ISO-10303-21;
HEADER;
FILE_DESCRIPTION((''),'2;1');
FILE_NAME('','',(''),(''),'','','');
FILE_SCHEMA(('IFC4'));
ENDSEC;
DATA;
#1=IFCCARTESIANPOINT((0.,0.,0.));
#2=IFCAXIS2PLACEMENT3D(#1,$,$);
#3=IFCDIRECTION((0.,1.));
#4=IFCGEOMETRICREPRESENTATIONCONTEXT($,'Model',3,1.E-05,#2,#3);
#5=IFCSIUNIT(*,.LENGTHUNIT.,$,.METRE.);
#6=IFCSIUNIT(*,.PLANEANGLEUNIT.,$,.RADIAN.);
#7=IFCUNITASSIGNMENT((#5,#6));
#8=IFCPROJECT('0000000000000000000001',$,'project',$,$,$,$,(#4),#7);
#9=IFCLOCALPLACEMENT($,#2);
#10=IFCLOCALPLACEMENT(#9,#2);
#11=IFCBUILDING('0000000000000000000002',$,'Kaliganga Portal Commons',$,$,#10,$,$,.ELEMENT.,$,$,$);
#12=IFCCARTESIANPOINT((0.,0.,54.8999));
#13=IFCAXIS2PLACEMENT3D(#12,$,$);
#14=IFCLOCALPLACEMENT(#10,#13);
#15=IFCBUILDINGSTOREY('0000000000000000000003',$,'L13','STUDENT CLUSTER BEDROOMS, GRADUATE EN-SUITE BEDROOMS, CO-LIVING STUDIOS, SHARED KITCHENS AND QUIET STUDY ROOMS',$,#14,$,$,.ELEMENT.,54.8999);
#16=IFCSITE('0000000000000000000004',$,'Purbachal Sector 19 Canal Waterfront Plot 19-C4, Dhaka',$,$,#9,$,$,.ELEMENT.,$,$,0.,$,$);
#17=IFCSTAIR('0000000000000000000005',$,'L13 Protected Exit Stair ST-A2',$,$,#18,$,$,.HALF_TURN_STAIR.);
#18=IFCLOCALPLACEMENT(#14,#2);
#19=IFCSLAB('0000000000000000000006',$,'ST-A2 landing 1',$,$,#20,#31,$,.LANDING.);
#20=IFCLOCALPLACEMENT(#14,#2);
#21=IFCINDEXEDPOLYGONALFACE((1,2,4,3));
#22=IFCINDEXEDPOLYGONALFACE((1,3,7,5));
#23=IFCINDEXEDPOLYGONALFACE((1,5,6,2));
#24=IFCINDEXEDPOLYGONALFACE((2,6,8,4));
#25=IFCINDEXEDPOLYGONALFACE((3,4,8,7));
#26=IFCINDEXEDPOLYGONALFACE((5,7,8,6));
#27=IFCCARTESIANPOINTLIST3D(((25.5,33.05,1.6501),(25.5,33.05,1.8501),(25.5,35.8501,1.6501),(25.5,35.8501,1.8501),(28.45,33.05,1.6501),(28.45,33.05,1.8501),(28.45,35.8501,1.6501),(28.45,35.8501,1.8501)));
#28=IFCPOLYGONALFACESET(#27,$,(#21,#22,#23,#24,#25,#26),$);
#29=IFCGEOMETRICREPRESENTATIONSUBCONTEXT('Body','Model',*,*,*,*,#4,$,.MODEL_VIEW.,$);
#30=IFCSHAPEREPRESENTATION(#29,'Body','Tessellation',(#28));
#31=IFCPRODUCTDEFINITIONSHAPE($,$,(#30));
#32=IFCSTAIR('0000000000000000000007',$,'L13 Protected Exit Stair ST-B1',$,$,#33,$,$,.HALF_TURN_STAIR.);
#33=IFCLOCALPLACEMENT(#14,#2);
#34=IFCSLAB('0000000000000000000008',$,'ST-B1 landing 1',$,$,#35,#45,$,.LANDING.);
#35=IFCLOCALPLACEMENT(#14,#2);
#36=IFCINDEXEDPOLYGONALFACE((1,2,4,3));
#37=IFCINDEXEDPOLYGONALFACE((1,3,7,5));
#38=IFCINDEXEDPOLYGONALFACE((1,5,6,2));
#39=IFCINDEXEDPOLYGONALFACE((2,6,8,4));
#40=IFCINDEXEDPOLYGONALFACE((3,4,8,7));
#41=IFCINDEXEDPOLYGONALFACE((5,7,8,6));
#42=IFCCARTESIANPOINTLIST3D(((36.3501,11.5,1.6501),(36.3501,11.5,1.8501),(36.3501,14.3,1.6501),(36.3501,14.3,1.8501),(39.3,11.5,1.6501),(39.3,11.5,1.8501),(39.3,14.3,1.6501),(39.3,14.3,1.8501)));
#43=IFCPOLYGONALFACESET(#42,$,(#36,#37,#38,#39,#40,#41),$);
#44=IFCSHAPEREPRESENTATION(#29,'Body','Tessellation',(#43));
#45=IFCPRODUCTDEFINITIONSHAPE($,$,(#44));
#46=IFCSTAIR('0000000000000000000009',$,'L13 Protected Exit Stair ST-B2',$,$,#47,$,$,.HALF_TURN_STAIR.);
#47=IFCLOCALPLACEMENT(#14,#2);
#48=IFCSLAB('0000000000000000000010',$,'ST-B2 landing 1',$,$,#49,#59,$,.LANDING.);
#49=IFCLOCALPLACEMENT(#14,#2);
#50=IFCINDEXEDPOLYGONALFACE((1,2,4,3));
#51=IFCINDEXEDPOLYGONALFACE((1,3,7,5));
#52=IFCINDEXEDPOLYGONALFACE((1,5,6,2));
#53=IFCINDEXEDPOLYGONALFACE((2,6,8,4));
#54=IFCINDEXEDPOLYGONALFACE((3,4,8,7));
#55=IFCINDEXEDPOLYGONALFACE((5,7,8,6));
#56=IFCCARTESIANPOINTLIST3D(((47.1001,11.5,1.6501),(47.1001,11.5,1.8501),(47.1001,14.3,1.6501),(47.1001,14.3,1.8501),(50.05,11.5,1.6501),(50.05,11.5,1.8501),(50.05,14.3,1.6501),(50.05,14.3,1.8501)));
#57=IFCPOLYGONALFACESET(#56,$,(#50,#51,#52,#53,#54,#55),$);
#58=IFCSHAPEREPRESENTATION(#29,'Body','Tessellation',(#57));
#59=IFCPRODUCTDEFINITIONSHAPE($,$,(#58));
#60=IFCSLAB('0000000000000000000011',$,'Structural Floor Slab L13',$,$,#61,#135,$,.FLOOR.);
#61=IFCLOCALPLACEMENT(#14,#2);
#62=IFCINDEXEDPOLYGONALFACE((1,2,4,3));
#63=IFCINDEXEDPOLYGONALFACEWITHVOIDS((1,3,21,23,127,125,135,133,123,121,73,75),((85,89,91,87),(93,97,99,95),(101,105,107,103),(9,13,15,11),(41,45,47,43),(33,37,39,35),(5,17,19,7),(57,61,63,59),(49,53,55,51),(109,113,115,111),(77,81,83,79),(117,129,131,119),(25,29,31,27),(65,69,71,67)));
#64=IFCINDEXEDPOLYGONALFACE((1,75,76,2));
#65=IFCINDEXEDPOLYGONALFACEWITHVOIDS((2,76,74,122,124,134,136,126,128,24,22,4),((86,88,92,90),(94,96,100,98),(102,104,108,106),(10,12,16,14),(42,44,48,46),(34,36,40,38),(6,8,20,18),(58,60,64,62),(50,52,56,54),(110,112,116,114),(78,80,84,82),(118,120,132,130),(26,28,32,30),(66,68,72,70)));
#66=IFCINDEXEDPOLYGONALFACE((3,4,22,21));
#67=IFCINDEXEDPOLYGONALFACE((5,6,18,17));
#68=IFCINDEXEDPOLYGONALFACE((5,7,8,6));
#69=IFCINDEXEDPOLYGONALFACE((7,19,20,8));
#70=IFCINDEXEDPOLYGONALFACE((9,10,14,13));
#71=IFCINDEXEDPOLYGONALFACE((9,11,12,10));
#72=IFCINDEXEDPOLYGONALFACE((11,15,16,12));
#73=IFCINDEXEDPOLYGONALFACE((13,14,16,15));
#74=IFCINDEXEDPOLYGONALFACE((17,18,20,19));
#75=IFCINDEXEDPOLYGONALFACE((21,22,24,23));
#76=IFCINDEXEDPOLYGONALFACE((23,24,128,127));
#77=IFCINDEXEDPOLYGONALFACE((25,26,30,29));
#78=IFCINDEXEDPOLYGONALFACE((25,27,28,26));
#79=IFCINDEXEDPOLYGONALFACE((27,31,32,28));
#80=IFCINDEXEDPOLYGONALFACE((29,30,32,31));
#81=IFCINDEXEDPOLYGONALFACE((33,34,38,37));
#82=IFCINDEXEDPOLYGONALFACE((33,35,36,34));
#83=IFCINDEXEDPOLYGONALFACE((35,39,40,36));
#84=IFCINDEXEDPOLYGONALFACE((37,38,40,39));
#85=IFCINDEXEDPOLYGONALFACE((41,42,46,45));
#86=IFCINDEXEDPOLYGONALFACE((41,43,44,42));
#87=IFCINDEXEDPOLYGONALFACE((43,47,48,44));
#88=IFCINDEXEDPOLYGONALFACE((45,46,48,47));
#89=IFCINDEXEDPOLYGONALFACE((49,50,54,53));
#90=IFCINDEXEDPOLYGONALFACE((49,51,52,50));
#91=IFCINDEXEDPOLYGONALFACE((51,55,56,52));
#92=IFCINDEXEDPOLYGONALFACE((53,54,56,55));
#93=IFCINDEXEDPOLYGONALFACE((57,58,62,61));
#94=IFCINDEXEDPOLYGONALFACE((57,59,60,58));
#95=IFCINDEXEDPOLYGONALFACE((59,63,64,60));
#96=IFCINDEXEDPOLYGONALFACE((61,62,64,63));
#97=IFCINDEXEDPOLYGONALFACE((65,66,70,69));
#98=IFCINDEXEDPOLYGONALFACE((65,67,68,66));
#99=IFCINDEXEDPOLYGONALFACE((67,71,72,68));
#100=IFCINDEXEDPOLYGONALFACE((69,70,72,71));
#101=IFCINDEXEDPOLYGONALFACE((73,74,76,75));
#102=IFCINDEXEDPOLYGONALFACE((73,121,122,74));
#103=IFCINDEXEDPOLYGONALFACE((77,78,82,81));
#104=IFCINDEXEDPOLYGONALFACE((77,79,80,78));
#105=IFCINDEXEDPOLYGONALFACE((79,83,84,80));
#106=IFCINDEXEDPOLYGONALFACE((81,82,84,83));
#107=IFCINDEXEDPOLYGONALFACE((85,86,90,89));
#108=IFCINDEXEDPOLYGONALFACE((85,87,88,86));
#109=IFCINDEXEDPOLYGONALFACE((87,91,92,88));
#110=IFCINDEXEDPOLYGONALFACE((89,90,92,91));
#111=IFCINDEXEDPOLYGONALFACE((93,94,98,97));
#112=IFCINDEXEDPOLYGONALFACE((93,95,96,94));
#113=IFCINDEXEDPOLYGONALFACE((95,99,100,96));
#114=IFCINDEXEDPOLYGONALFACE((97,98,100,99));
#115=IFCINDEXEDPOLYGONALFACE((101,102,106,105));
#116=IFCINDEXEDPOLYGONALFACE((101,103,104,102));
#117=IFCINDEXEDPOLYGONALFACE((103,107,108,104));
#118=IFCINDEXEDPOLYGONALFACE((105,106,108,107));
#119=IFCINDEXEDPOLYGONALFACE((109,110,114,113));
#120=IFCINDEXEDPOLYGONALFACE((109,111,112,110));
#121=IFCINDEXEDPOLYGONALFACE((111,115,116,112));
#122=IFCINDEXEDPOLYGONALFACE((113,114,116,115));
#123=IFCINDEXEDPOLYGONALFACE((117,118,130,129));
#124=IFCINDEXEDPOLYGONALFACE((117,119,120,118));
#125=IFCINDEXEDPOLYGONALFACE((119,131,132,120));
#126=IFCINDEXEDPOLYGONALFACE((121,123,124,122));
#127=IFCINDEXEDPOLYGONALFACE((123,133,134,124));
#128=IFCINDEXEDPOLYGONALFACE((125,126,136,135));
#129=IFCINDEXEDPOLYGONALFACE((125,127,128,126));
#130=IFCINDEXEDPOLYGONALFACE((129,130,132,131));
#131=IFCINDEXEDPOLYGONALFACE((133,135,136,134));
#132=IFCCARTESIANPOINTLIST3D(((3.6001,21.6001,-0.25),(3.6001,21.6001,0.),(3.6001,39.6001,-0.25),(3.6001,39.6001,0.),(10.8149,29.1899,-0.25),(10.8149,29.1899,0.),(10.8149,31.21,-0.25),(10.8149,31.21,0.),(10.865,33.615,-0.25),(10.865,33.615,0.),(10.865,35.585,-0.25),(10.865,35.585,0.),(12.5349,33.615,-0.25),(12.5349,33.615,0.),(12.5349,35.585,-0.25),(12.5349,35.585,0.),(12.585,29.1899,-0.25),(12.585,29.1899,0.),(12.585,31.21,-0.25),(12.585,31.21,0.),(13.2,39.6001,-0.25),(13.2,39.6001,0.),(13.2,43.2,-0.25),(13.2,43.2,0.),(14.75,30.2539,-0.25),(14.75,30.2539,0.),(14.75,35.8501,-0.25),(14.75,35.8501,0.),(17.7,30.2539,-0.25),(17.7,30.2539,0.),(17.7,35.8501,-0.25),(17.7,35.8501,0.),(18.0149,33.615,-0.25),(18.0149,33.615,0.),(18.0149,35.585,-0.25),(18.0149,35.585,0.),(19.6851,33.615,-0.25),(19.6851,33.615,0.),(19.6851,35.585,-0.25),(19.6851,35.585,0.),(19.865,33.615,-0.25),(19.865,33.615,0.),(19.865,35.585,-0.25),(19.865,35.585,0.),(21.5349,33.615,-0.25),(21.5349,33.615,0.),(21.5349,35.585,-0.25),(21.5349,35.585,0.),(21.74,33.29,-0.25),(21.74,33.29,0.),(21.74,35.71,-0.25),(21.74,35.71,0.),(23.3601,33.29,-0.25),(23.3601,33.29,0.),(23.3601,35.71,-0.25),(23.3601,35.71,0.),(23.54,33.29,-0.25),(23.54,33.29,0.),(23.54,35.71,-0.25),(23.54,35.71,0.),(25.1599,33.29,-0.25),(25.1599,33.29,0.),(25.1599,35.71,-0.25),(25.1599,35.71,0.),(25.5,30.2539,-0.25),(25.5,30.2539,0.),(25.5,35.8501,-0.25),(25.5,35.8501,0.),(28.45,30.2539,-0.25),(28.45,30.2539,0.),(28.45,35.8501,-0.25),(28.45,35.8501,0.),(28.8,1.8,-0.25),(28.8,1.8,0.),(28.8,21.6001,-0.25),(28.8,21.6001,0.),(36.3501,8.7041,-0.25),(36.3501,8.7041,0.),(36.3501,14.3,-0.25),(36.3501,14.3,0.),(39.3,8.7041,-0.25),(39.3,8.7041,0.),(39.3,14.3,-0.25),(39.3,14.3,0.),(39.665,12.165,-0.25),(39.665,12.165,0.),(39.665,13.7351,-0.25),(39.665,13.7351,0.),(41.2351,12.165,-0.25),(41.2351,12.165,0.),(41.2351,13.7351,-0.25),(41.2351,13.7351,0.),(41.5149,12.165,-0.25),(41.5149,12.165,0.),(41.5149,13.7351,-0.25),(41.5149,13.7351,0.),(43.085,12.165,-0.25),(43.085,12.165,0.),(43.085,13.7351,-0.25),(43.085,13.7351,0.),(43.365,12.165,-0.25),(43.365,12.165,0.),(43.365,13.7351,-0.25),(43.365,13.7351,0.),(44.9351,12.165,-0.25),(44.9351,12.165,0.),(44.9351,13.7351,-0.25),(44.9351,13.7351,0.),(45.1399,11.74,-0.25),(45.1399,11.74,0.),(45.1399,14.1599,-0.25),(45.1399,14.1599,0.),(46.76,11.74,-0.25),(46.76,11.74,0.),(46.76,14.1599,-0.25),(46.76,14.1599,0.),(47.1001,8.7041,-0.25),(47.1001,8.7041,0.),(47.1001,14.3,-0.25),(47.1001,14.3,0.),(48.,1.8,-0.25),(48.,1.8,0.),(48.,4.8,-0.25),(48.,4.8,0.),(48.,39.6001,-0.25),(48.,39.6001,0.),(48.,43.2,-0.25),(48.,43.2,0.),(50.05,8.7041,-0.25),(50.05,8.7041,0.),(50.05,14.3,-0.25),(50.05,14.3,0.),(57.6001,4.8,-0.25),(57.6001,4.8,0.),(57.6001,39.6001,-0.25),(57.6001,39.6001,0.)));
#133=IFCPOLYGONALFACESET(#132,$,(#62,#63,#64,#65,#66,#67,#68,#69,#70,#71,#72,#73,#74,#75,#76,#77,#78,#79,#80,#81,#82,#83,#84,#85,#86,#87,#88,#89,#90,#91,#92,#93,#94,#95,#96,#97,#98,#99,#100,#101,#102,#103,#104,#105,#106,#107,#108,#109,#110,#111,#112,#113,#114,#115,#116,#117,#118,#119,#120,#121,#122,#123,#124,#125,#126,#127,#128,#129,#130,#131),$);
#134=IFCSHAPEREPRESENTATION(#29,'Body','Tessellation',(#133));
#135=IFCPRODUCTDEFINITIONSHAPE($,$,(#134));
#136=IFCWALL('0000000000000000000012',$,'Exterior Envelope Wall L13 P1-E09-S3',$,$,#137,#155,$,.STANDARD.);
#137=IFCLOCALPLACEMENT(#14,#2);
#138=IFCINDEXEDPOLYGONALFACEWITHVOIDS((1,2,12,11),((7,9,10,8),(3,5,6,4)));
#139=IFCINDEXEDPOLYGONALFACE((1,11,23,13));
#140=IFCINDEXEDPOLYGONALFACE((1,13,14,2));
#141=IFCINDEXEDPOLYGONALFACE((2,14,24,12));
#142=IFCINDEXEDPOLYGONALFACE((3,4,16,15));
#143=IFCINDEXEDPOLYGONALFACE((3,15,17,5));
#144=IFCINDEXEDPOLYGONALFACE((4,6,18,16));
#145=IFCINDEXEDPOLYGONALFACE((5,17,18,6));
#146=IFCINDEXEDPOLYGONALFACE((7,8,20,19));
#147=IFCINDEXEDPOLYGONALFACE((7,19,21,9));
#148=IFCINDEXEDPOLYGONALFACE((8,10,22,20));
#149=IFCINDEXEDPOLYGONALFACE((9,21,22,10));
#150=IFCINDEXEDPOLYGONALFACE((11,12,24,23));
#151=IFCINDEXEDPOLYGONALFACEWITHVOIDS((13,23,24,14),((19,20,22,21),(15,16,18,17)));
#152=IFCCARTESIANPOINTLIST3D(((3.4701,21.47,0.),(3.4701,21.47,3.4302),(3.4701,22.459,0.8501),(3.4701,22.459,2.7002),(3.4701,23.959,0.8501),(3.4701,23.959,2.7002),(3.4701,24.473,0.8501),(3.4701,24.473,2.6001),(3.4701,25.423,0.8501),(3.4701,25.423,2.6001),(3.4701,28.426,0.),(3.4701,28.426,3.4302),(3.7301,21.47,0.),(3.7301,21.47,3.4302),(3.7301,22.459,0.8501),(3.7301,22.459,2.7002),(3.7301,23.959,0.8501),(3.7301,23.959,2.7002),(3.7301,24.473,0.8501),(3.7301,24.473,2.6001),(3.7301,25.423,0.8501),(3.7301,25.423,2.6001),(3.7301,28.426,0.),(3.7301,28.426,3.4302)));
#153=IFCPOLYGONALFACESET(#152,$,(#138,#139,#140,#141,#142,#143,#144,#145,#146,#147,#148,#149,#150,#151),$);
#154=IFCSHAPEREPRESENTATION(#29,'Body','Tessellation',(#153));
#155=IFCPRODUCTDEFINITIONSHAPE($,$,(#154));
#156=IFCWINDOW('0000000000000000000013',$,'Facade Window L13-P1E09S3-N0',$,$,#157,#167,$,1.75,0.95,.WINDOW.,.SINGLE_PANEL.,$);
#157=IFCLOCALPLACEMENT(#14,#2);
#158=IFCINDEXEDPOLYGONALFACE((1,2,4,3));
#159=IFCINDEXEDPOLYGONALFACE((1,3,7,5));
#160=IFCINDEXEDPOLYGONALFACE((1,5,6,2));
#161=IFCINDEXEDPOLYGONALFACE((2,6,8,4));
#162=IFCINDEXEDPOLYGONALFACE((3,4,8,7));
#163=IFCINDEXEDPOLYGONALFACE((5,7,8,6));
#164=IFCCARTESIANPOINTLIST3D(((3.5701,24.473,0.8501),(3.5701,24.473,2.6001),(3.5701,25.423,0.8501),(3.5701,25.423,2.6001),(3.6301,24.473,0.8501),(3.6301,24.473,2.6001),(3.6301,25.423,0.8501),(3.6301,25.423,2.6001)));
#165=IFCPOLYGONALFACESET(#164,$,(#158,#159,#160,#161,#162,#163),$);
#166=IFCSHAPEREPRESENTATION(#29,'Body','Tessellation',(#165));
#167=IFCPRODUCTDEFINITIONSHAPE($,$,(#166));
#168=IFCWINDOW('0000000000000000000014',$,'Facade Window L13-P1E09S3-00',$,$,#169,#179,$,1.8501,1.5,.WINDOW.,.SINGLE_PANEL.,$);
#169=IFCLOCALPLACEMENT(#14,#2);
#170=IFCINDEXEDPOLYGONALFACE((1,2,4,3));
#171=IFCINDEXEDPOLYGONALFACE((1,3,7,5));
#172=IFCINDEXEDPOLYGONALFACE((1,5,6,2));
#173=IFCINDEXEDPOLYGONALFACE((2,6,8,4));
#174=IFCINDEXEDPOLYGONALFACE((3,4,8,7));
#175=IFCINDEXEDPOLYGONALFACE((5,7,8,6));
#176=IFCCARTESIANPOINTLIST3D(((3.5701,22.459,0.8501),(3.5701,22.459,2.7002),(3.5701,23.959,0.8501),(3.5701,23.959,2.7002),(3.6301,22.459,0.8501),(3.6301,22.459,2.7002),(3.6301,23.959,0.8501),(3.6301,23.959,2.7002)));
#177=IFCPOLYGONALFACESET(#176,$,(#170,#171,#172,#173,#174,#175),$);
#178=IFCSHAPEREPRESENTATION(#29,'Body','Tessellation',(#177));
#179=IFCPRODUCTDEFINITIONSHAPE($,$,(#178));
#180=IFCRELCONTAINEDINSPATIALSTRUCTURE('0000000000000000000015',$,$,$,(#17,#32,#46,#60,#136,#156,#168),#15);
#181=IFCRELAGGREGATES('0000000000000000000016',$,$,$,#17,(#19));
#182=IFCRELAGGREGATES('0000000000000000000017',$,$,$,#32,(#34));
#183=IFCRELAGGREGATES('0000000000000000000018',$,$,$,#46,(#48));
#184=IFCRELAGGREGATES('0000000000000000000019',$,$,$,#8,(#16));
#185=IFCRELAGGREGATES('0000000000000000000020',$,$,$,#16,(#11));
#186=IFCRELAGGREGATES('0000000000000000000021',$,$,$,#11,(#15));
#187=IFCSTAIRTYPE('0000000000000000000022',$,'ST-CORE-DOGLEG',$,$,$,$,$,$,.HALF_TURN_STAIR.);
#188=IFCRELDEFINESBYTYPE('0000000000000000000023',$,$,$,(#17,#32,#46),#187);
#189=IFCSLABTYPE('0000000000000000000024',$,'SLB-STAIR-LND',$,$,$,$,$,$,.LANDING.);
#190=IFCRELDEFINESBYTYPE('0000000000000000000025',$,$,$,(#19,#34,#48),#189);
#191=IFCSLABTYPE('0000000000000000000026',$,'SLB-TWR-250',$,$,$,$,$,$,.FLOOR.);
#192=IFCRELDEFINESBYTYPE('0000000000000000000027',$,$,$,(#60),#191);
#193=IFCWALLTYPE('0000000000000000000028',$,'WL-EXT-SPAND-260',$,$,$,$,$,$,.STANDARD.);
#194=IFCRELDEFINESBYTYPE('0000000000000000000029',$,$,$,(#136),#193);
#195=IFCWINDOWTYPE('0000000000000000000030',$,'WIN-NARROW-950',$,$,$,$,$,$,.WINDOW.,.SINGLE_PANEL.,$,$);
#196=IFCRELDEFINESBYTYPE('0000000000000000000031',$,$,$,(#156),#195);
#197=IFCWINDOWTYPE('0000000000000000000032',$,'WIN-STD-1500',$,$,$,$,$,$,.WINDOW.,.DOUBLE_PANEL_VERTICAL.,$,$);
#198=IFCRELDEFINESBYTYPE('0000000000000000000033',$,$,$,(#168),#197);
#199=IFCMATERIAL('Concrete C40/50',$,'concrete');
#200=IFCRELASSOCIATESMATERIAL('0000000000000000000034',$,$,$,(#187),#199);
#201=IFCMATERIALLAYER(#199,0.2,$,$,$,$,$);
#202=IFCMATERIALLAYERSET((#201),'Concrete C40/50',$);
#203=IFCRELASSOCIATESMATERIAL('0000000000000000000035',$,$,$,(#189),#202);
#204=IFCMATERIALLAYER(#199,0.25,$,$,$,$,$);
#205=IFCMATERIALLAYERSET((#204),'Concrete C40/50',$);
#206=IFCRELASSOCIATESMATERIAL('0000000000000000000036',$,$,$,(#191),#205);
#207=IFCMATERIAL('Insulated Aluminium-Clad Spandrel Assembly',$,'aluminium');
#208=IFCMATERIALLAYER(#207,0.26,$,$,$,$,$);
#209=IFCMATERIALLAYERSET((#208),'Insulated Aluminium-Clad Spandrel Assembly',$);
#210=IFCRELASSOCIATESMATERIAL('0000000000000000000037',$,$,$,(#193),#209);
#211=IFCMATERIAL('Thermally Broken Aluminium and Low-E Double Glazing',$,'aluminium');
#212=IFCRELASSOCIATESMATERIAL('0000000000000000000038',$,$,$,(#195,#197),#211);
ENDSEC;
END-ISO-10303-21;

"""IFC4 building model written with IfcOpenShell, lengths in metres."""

from ifc_helpers import new_model, si_unit, direction, frame, frame_2d, origin, place, context, subcontext, project, spatial, polyline, rectangle, outline, extrude, material, layer, layer_set, type_object, element, fill, aggregate, save


model = new_model("IFC4")

# Units and contexts
model_context = context("Model", 3, precision=1e-05, world=origin(), true_north=direction((0.0, 1.0)))
body_context = subcontext(model_context, "Body", "Model", "MODEL_VIEW")
ifc_project = project(units=[si_unit("LENGTHUNIT", "METRE"), si_unit("PLANEANGLEUNIT", "RADIAN")], contexts=[model_context])

# Site, building, storey
site_placement = place(None, origin())
site = spatial("IfcSite", under=ifc_project, at=site_placement, Name="Purbachal Sector 19 Canal Waterfront Plot 19-C4, Dhaka", CompositionType="ELEMENT", RefElevation=0.0)
building_placement = place(site_placement, origin())
building = spatial("IfcBuilding", under=site, at=building_placement, Name="Kaliganga Portal Commons", CompositionType="ELEMENT")
storey_placement = place(building_placement, frame((0.0, 0.0, 54.8999)))
storey = spatial("IfcBuildingStorey", under=building, at=storey_placement, Name="L13", Description="STUDENT CLUSTER BEDROOMS, GRADUATE EN-SUITE BEDROOMS, CO-LIVING STUDIOS, SHARED KITCHENS AND QUIET STUDY ROOMS", CompositionType="ELEMENT", Elevation=54.8999)

# Shared definitions
ifc_material_1 = material(Name="Concrete C40/50", Category="concrete")

# Stairs, slabs
stair_type = type_object("IfcStairType", Name="ST-CORE-DOGLEG", PredefinedType="HALF_TURN_STAIR", material=ifc_material_1)
ifc_layer_1 = layer(ifc_material_1, 0.2)
ifc_layer_set_1 = layer_set([ifc_layer_1], Name="Concrete C40/50")
slab_type_1 = type_object("IfcSlabType", Name="SLB-STAIR-LND", PredefinedType="LANDING", material=ifc_layer_set_1)
stair_1_placement = place(storey_placement, origin())
stair_1 = element("IfcStair", 1, at=stair_1_placement, inside=storey, type_object=stair_type, Name="L13 Protected Exit Stair ST-A2", PredefinedType="HALF_TURN_STAIR")
slab_1_placement = place(storey_placement, frame((0.0, 0.0, 1.6501)))
slab_1 = element("IfcSlab", 2, at=slab_1_placement, type_object=slab_type_1, Name="ST-A2 landing 1", PredefinedType="LANDING", context=body_context, shape_type="SweptSolid", body=[
    extrude(outline(polyline([(28.45, 33.05), (28.45, 35.8501), (25.5, 35.8501), (25.5, 33.05), (28.45, 33.05)])), origin(), (0.0, 0.0, 1.0), 0.2),
])
aggregate(stair_1, [slab_1])
stair_2_placement = place(storey_placement, origin())
stair_2 = element("IfcStair", 3, at=stair_2_placement, inside=storey, type_object=stair_type, Name="L13 Protected Exit Stair ST-B1", PredefinedType="HALF_TURN_STAIR")
slab_2_placement = place(storey_placement, frame((0.0, 0.0, 1.6501)))
slab_2 = element("IfcSlab", 4, at=slab_2_placement, type_object=slab_type_1, Name="ST-B1 landing 1", PredefinedType="LANDING", context=body_context, shape_type="SweptSolid", body=[
    extrude(outline(polyline([(39.3, 11.5), (39.3, 14.3), (36.3501, 14.3), (36.3501, 11.5), (39.3, 11.5)])), origin(), (0.0, 0.0, 1.0), 0.2),
])
aggregate(stair_2, [slab_2])
stair_3_placement = place(storey_placement, origin())
stair_3 = element("IfcStair", 5, at=stair_3_placement, inside=storey, type_object=stair_type, Name="L13 Protected Exit Stair ST-B2", PredefinedType="HALF_TURN_STAIR")
slab_3_placement = place(storey_placement, frame((0.0, 0.0, 1.6501)))
slab_3 = element("IfcSlab", 6, at=slab_3_placement, type_object=slab_type_1, Name="ST-B2 landing 1", PredefinedType="LANDING", context=body_context, shape_type="SweptSolid", body=[
    extrude(outline(polyline([(50.05, 11.5), (50.05, 14.3), (47.1001, 14.3), (47.1001, 11.5), (50.05, 11.5)])), origin(), (0.0, 0.0, 1.0), 0.2),
])
aggregate(stair_3, [slab_3])

# Slab
ifc_layer_2 = layer(ifc_material_1, 0.25)
ifc_layer_set_2 = layer_set([ifc_layer_2], Name="Concrete C40/50")
slab_type_2 = type_object("IfcSlabType", Name="SLB-TWR-250", PredefinedType="FLOOR", material=ifc_layer_set_2)
slab_4_placement = place(storey_placement, frame((0.0, 0.0, -0.25)))
element("IfcSlab", 7, at=slab_4_placement, inside=storey, type_object=slab_type_2, Name="Structural Floor Slab L13", PredefinedType="FLOOR", context=body_context, shape_type="SweptSolid", body=[
    extrude(outline(polyline([(28.8, 1.8), (48.0, 1.8), (48.0, 4.8), (57.6001, 4.8), (57.6001, 39.6001), (48.0, 39.6001), (48.0, 43.2), (13.2, 43.2), (13.2, 39.6001), (3.6001, 39.6001), (3.6001, 21.6001), (28.8, 21.6001), (28.8, 1.8)]), holes=[polyline([(14.75, 30.2539), (14.75, 35.8501), (17.7, 35.8501), (17.7, 30.2539), (14.75, 30.2539)]), polyline([(25.5, 30.2539), (25.5, 35.8501), (28.45, 35.8501), (28.45, 30.2539), (25.5, 30.2539)]), polyline([(36.3501, 8.7041), (36.3501, 14.3), (39.3, 14.3), (39.3, 8.7041), (36.3501, 8.7041)]), polyline([(47.1001, 8.7041), (47.1001, 14.3), (50.05, 14.3), (50.05, 8.7041), (47.1001, 8.7041)]), polyline([(18.0149, 33.615), (18.0149, 35.585), (19.6851, 35.585), (19.6851, 33.615), (18.0149, 33.615)]), polyline([(19.865, 33.615), (19.865, 35.585), (21.5349, 35.585), (21.5349, 33.615), (19.865, 33.615)]), polyline([(10.8149, 29.1899), (10.8149, 31.21), (12.585, 31.21), (12.585, 29.1899), (10.8149, 29.1899)]), polyline([(10.865, 33.615), (10.865, 35.585), (12.5349, 35.585), (12.5349, 33.615), (10.865, 33.615)]), polyline([(21.74, 33.29), (21.74, 35.71), (23.3601, 35.71), (23.3601, 33.29), (21.74, 33.29)]), polyline([(23.54, 33.29), (23.54, 35.71), (25.1599, 35.71), (25.1599, 33.29), (23.54, 33.29)]), polyline([(39.665, 12.165), (39.665, 13.7351), (41.2351, 13.7351), (41.2351, 12.165), (39.665, 12.165)]), polyline([(41.5149, 12.165), (41.5149, 13.7351), (43.085, 13.7351), (43.085, 12.165), (41.5149, 12.165)]), polyline([(43.365, 12.165), (43.365, 13.7351), (44.9351, 13.7351), (44.9351, 12.165), (43.365, 12.165)]), polyline([(45.1399, 11.74), (45.1399, 14.1599), (46.76, 14.1599), (46.76, 11.74), (45.1399, 11.74)])]), origin(), (0.0, 0.0, 1.0), 0.25),
])

# Wall, openings, windows
ifc_material_2 = material(Name="Insulated Aluminium-Clad Spandrel Assembly", Category="aluminium")
ifc_layer_3 = layer(ifc_material_2, 0.26)
ifc_layer_set_3 = layer_set([ifc_layer_3], Name="Insulated Aluminium-Clad Spandrel Assembly")
wall_type_1 = type_object("IfcWallType", Name="WL-EXT-SPAND-260", PredefinedType="STANDARD", material=ifc_layer_set_3)
wall_1_placement = place(storey_placement, frame((3.6001, 21.47, 0.0), z_axis=(0.0, 0.0, 1.0), x_axis=(0.0, 1.0, 0.0)))
wall_1 = element("IfcWall", 8, at=wall_1_placement, inside=storey, type_object=wall_type_1, Name="Exterior Envelope Wall L13 P1-E09-S3", PredefinedType="STANDARD", context=body_context, shape_type="SweptSolid", body=[
    extrude(rectangle(XDim=6.9561, YDim=0.26, at=frame_2d((3.478, 0.0))), origin(), (0.0, 0.0, 1.0), 3.4302),
])
opening_1_placement = place(wall_1_placement, frame((0.989, 0.0, 0.8501)))
opening_1 = element("IfcOpeningElement", 9, at=opening_1_placement, cuts=wall_1, PredefinedType="OPENING", context=body_context, shape_type="SweptSolid", body=[
    extrude(rectangle(XDim=1.5, YDim=1.8501, at=frame_2d((0.75, 0.925))), frame((0.0, 0.1401, 0.0), z_axis=(0.0, -1.0, 0.0), x_axis=(1.0, 0.0, 0.0)), (0.0, 0.0, 1.0), 0.28),
])
opening_2_placement = place(wall_1_placement, frame((3.0029, 0.0, 0.8501)))
opening_2 = element("IfcOpeningElement", 10, at=opening_2_placement, cuts=wall_1, PredefinedType="OPENING", context=body_context, shape_type="SweptSolid", body=[
    extrude(rectangle(XDim=0.95, YDim=1.75, at=frame_2d((0.4751, 0.875))), frame((0.0, 0.1401, 0.0), z_axis=(0.0, -1.0, 0.0), x_axis=(1.0, 0.0, 0.0)), (0.0, 0.0, 1.0), 0.28),
])
ifc_material_3 = material(Name="Thermally Broken Aluminium and Low-E Double Glazing", Category="aluminium")
window_type_1 = type_object("IfcWindowType", Name="WIN-NARROW-950", PartitioningType="SINGLE_PANEL", PredefinedType="WINDOW", material=ifc_material_3)
window_1_placement = place(opening_2_placement, origin())
window_1 = element("IfcWindow", 11, at=window_1_placement, inside=storey, type_object=window_type_1, Name="Facade Window L13-P1E09S3-N0", OverallHeight=1.75, OverallWidth=0.95, PartitioningType="SINGLE_PANEL", PredefinedType="WINDOW", context=body_context, shape_type="SweptSolid", body=[
    extrude(rectangle(XDim=0.95, YDim=1.75, at=frame_2d((0.4751, 0.875))), frame((0.0, 0.03, 0.0), z_axis=(0.0, -1.0, 0.0), x_axis=(1.0, 0.0, 0.0)), (0.0, 0.0, 1.0), 0.0601),
])
fill(opening_2, window_1)
window_type_2 = type_object("IfcWindowType", Name="WIN-STD-1500", PartitioningType="DOUBLE_PANEL_VERTICAL", PredefinedType="WINDOW", material=ifc_material_3)
window_2_placement = place(opening_1_placement, origin())
window_2 = element("IfcWindow", 12, at=window_2_placement, inside=storey, type_object=window_type_2, Name="Facade Window L13-P1E09S3-00", OverallHeight=1.8501, OverallWidth=1.5, PartitioningType="SINGLE_PANEL", PredefinedType="WINDOW", context=body_context, shape_type="SweptSolid", body=[
    extrude(rectangle(XDim=1.5, YDim=1.8501, at=frame_2d((0.75, 0.925))), frame((0.0, 0.03, 0.0), z_axis=(0.0, -1.0, 0.0), x_axis=(1.0, 0.0, 0.0)), (0.0, 0.0, 1.0), 0.0601),
])
fill(opening_1, window_2)

save(model, "model.ifc")
